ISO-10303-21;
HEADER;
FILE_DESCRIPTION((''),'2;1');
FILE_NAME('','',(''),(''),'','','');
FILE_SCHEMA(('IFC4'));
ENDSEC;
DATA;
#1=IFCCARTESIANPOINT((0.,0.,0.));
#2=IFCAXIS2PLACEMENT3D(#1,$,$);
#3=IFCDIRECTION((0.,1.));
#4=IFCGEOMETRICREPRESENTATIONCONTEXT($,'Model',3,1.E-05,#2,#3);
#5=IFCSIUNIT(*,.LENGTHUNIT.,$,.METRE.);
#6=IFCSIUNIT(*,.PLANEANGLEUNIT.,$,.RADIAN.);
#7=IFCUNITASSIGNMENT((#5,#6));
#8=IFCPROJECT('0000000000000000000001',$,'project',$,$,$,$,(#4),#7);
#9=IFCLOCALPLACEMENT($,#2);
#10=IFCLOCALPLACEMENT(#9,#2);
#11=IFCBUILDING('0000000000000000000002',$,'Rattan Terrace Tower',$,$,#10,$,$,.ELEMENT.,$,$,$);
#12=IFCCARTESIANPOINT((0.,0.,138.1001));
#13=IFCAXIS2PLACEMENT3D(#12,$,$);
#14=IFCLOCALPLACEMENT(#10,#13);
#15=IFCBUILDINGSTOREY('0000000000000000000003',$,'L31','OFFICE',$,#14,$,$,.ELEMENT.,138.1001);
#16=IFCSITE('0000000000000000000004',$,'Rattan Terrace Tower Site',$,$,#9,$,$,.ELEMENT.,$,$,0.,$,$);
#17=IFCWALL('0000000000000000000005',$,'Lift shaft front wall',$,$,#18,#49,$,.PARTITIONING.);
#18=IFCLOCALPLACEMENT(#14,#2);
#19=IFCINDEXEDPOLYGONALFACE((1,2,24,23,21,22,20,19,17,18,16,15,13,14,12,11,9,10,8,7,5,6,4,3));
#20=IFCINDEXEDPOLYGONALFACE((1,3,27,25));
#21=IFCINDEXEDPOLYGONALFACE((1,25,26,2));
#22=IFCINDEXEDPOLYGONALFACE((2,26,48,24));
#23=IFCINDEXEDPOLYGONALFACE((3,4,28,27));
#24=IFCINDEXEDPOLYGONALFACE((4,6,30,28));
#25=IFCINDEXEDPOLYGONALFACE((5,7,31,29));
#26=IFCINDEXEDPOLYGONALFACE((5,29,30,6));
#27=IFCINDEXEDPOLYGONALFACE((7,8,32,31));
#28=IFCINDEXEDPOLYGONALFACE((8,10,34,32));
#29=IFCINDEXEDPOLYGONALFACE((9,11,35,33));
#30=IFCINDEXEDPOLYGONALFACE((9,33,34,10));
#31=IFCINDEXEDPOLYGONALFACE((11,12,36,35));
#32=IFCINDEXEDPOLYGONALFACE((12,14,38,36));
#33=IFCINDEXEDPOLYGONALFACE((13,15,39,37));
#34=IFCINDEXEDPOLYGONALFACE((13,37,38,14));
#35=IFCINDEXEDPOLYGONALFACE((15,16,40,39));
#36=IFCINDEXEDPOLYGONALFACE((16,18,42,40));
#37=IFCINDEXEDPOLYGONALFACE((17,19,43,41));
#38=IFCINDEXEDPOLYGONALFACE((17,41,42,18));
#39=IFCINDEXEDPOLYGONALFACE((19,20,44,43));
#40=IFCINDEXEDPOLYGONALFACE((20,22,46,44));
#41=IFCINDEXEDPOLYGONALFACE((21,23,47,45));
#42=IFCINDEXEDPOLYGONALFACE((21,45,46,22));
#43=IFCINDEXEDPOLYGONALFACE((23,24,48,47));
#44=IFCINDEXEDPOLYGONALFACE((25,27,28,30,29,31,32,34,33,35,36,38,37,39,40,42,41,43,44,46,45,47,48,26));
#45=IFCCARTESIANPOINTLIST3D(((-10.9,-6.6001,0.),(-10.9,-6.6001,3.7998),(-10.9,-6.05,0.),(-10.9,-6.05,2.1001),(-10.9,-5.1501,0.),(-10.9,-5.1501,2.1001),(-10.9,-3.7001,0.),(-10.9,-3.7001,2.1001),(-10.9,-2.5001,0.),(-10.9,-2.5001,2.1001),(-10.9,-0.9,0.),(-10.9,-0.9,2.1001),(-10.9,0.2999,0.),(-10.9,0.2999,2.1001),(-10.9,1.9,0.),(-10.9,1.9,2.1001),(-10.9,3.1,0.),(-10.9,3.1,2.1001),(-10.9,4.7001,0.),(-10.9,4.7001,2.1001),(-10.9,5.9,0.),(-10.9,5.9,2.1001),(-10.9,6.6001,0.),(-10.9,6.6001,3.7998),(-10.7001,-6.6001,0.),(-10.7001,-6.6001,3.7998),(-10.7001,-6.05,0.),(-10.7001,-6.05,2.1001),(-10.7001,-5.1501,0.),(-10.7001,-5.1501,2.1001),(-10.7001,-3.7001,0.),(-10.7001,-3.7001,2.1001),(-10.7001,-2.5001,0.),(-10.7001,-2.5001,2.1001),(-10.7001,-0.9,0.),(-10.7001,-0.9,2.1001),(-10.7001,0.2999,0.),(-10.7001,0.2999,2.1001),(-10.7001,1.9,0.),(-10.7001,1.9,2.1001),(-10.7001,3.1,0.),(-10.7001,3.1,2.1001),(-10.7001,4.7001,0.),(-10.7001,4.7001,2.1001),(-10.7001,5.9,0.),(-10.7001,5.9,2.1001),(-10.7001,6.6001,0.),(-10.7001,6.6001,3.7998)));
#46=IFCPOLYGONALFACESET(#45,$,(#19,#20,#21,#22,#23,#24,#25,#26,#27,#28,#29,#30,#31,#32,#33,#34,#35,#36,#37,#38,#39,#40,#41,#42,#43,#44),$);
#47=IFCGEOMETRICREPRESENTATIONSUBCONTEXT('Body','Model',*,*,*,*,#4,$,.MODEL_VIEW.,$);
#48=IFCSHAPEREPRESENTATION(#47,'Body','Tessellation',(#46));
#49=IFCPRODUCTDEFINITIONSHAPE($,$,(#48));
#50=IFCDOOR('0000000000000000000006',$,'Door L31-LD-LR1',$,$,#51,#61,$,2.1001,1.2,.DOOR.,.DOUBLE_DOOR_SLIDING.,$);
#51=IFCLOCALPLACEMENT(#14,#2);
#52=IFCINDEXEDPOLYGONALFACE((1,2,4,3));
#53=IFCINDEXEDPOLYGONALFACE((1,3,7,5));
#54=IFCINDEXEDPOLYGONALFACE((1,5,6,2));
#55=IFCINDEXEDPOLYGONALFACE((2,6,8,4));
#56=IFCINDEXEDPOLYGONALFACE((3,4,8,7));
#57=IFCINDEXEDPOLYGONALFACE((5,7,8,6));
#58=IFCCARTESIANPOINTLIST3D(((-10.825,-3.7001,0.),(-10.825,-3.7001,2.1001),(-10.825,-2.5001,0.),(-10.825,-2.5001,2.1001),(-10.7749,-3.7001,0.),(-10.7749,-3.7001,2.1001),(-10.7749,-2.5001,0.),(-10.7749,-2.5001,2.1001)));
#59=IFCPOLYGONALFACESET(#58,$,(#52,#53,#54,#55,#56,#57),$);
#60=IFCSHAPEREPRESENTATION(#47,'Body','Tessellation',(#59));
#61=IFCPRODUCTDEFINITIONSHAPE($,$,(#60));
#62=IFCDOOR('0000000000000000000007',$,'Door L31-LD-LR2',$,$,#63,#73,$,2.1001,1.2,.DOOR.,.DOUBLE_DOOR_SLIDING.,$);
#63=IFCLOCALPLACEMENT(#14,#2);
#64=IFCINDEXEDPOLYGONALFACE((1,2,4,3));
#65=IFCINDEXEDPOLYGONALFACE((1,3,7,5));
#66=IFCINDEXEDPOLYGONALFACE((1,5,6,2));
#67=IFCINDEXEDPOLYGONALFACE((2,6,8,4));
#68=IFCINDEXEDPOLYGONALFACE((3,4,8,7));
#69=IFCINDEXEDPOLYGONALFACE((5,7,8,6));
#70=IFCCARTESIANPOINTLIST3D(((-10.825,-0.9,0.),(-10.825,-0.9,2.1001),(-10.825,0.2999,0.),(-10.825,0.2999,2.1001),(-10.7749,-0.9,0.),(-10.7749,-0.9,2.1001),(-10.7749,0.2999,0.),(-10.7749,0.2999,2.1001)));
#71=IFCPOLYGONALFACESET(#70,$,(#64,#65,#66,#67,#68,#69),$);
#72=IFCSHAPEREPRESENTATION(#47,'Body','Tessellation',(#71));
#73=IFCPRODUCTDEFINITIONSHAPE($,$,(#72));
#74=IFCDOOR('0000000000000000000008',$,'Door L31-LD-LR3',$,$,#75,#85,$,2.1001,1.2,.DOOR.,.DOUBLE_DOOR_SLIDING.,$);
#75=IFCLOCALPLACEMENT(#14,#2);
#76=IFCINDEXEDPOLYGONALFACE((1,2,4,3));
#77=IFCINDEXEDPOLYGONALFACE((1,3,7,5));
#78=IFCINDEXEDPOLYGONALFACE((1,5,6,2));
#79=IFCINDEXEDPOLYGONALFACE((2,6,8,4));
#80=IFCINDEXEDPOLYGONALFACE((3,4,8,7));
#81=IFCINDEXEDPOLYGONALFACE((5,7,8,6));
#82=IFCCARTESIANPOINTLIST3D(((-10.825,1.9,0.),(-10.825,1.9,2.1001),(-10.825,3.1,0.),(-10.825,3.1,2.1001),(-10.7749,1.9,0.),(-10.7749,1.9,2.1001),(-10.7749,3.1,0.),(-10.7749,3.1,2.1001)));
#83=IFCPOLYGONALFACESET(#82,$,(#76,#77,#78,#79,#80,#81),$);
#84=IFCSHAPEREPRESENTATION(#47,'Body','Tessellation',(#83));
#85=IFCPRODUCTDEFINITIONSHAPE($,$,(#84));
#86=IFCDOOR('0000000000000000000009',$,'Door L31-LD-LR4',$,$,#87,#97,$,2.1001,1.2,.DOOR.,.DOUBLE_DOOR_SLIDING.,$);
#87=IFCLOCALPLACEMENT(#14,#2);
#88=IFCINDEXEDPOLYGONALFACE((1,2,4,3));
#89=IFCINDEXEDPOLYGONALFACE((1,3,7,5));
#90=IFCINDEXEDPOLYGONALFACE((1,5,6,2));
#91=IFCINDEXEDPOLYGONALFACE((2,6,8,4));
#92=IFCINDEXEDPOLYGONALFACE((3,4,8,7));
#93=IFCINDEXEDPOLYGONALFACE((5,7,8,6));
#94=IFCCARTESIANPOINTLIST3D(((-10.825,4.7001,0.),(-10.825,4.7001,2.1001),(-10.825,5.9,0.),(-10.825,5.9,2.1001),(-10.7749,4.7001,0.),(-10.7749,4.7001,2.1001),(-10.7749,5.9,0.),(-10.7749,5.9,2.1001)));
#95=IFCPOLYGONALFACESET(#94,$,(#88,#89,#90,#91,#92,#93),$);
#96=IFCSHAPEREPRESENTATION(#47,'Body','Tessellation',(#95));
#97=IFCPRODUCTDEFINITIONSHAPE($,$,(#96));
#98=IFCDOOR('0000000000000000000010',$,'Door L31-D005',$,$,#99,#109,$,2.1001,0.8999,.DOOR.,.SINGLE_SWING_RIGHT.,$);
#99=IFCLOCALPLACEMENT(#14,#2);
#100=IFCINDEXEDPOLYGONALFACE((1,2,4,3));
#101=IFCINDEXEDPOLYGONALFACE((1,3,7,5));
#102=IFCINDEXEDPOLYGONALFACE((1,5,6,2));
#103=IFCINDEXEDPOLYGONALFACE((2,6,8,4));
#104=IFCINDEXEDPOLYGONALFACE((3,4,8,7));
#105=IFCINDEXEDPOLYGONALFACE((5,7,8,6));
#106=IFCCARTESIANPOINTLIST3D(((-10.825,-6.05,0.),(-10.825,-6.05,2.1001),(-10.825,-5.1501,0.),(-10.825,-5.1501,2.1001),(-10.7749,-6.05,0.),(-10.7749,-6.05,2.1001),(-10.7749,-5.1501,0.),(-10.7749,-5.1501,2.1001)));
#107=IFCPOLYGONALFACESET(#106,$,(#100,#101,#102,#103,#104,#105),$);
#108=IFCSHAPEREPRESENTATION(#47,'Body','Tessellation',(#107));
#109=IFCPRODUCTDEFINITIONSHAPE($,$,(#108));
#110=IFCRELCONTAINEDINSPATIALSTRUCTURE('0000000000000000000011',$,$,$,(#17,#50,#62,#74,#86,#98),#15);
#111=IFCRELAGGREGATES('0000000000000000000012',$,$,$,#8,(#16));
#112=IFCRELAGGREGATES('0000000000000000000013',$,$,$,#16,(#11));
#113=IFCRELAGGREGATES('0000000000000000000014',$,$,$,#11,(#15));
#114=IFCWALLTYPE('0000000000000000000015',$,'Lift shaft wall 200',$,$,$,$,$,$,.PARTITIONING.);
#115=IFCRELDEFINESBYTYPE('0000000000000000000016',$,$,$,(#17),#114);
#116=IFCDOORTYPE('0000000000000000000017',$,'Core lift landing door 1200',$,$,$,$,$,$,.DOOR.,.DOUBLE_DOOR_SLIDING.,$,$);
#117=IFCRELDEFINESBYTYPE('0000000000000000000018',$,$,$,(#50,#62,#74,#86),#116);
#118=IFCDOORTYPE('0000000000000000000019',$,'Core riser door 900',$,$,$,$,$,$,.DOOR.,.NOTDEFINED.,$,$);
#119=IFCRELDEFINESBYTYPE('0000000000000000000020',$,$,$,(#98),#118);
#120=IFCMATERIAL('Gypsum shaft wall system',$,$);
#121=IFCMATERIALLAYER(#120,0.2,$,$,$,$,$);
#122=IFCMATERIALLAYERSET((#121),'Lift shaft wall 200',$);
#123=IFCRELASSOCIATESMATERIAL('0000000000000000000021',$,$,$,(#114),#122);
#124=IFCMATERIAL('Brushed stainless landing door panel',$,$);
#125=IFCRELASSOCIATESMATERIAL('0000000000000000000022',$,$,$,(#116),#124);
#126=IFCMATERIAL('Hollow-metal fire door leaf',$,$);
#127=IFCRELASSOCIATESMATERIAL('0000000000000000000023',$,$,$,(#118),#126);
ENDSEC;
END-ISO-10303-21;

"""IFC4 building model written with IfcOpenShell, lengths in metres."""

from ifc_helpers import new_model, si_unit, direction, frame, frame_2d, origin, place, context, subcontext, project, spatial, rectangle, extrude, material, layer, layer_set, type_object, element, fill, save


model = new_model("IFC4")

# Units and contexts
model_context = context("Model", 3, precision=1e-05, world=origin(), true_north=direction((0.0, 1.0)))
body_context = subcontext(model_context, "Body", "Model", "MODEL_VIEW")
ifc_project = project(units=[si_unit("LENGTHUNIT", "METRE"), si_unit("PLANEANGLEUNIT", "RADIAN")], contexts=[model_context])

# Site, building, storey
site_placement = place(None, origin())
site = spatial("IfcSite", under=ifc_project, at=site_placement, Name="Rattan Terrace Tower Site", CompositionType="ELEMENT", RefElevation=0.0)
building_placement = place(site_placement, origin())
building = spatial("IfcBuilding", under=site, at=building_placement, Name="Rattan Terrace Tower", CompositionType="ELEMENT")
storey_placement = place(building_placement, frame((0.0, 0.0, 138.1001)))
storey = spatial("IfcBuildingStorey", under=building, at=storey_placement, Name="L31", Description="OFFICE", CompositionType="ELEMENT", Elevation=138.1001)

# Wall, openings, doors
ifc_material_1 = material(Name="Gypsum shaft wall system")
ifc_layer_1 = layer(ifc_material_1, 0.2)
ifc_layer_set_1 = layer_set([ifc_layer_1], Name="Lift shaft wall 200")
wall_type_1 = type_object("IfcWallType", Name="Lift shaft wall 200", PredefinedType="PARTITIONING", material=ifc_layer_set_1)
wall_1_placement = place(storey_placement, frame((-10.8, -6.6001, 0.0), z_axis=(0.0, 0.0, 1.0), x_axis=(0.0, 1.0, 0.0)))
wall_1 = element("IfcWall", 1, at=wall_1_placement, inside=storey, type_object=wall_type_1, Name="Lift shaft front wall", PredefinedType="PARTITIONING", context=body_context, shape_type="SweptSolid", body=[
    extrude(rectangle(XDim=13.2002, YDim=0.2, at=frame_2d((6.6001, 0.0))), origin(), (0.0, 0.0, 1.0), 3.7998),
])
opening_1_placement = place(wall_1_placement, frame((0.55, 0.0, 0.0)))
opening_1 = element("IfcOpeningElement", 2, at=opening_1_placement, cuts=wall_1, PredefinedType="OPENING", context=body_context, shape_type="SweptSolid", body=[
    extrude(rectangle(XDim=0.8999, YDim=2.1001, at=frame_2d((0.45, 1.05))), frame((0.0, 0.1106, 0.0), z_axis=(0.0, -1.0, 0.0), x_axis=(1.0, 0.0, 0.0)), (0.0, 0.0, 1.0), 0.2209),
])
opening_2_placement = place(wall_1_placement, frame((2.8999, 0.0, 0.0)))
opening_2 = element("IfcOpeningElement", 3, at=opening_2_placement, cuts=wall_1, PredefinedType="OPENING", context=body_context, shape_type="SweptSolid", body=[
    extrude(rectangle(XDim=1.2, YDim=2.1001, at=frame_2d((0.6001, 1.05))), frame((0.0, 0.1106, 0.0), z_axis=(0.0, -1.0, 0.0), x_axis=(1.0, 0.0, 0.0)), (0.0, 0.0, 1.0), 0.2209),
])
opening_3_placement = place(wall_1_placement, frame((5.7, 0.0, 0.0)))
opening_3 = element("IfcOpeningElement", 4, at=opening_3_placement, cuts=wall_1, PredefinedType="OPENING", context=body_context, shape_type="SweptSolid", body=[
    extrude(rectangle(XDim=1.2, YDim=2.1001, at=frame_2d((0.6001, 1.05))), frame((0.0, 0.1106, 0.0), z_axis=(0.0, -1.0, 0.0), x_axis=(1.0, 0.0, 0.0)), (0.0, 0.0, 1.0), 0.2209),
])
opening_4_placement = place(wall_1_placement, frame((8.5, 0.0, 0.0)))
opening_4 = element("IfcOpeningElement", 5, at=opening_4_placement, cuts=wall_1, PredefinedType="OPENING", context=body_context, shape_type="SweptSolid", body=[
    extrude(rectangle(XDim=1.2, YDim=2.1001, at=frame_2d((0.6001, 1.05))), frame((0.0, 0.1106, 0.0), z_axis=(0.0, -1.0, 0.0), x_axis=(1.0, 0.0, 0.0)), (0.0, 0.0, 1.0), 0.2209),
])
opening_5_placement = place(wall_1_placement, frame((11.3, 0.0, 0.0)))
opening_5 = element("IfcOpeningElement", 6, at=opening_5_placement, cuts=wall_1, PredefinedType="OPENING", context=body_context, shape_type="SweptSolid", body=[
    extrude(rectangle(XDim=1.2, YDim=2.1001, at=frame_2d((0.6001, 1.05))), frame((0.0, 0.1106, 0.0), z_axis=(0.0, -1.0, 0.0), x_axis=(1.0, 0.0, 0.0)), (0.0, 0.0, 1.0), 0.2209),
])
ifc_material_2 = material(Name="Brushed stainless landing door panel")
door_type_1 = type_object("IfcDoorType", Name="Core lift landing door 1200", OperationType="DOUBLE_DOOR_SLIDING", PredefinedType="DOOR", material=ifc_material_2)
door_1_placement = place(opening_2_placement, origin())
door_1 = element("IfcDoor", 7, at=door_1_placement, inside=storey, type_object=door_type_1, Name="Door L31-LD-LR1", OperationType="DOUBLE_DOOR_SLIDING", OverallHeight=2.1001, OverallWidth=1.2, PredefinedType="DOOR", context=body_context, shape_type="SweptSolid", body=[
    extrude(rectangle(XDim=1.2, YDim=2.1001, at=frame_2d((0.6001, 1.05))), frame((0.0, 0.0249, 0.0), z_axis=(0.0, -1.0, 0.0), x_axis=(1.0, 0.0, 0.0)), (0.0, 0.0, 1.0), 0.05),
])
fill(opening_2, door_1)
door_2_placement = place(opening_3_placement, origin())
door_2 = element("IfcDoor", 8, at=door_2_placement, inside=storey, type_object=door_type_1, Name="Door L31-LD-LR2", OperationType="DOUBLE_DOOR_SLIDING", OverallHeight=2.1001, OverallWidth=1.2, PredefinedType="DOOR", context=body_context, shape_type="SweptSolid", body=[
    extrude(rectangle(XDim=1.2, YDim=2.1001, at=frame_2d((0.6001, 1.05))), frame((0.0, 0.0249, 0.0), z_axis=(0.0, -1.0, 0.0), x_axis=(1.0, 0.0, 0.0)), (0.0, 0.0, 1.0), 0.05),
])
fill(opening_3, door_2)
door_3_placement = place(opening_4_placement, origin())
door_3 = element("IfcDoor", 9, at=door_3_placement, inside=storey, type_object=door_type_1, Name="Door L31-LD-LR3", OperationType="DOUBLE_DOOR_SLIDING", OverallHeight=2.1001, OverallWidth=1.2, PredefinedType="DOOR", context=body_context, shape_type="SweptSolid", body=[
    extrude(rectangle(XDim=1.2, YDim=2.1001, at=frame_2d((0.6001, 1.05))), frame((0.0, 0.0249, 0.0), z_axis=(0.0, -1.0, 0.0), x_axis=(1.0, 0.0, 0.0)), (0.0, 0.0, 1.0), 0.05),
])
fill(opening_4, door_3)
door_4_placement = place(opening_5_placement, origin())
door_4 = element("IfcDoor", 10, at=door_4_placement, inside=storey, type_object=door_type_1, Name="Door L31-LD-LR4", OperationType="DOUBLE_DOOR_SLIDING", OverallHeight=2.1001, OverallWidth=1.2, PredefinedType="DOOR", context=body_context, shape_type="SweptSolid", body=[
    extrude(rectangle(XDim=1.2, YDim=2.1001, at=frame_2d((0.6001, 1.05))), frame((0.0, 0.0249, 0.0), z_axis=(0.0, -1.0, 0.0), x_axis=(1.0, 0.0, 0.0)), (0.0, 0.0, 1.0), 0.05),
])
fill(opening_5, door_4)
ifc_material_3 = material(Name="Hollow-metal fire door leaf")
door_type_2 = type_object("IfcDoorType", Name="Core riser door 900", OperationType="NOTDEFINED", PredefinedType="DOOR", material=ifc_material_3)
door_5_placement = place(opening_1_placement, origin())
door_5 = element("IfcDoor", 11, at=door_5_placement, inside=storey, type_object=door_type_2, Name="Door L31-D005", OperationType="SINGLE_SWING_RIGHT", OverallHeight=2.1001, OverallWidth=0.8999, PredefinedType="DOOR", context=body_context, shape_type="SweptSolid", body=[
    extrude(rectangle(XDim=0.8999, YDim=2.1001, at=frame_2d((0.45, 1.05))), frame((0.0, 0.0249, 0.0), z_axis=(0.0, -1.0, 0.0), x_axis=(1.0, 0.0, 0.0)), (0.0, 0.0, 1.0), 0.05),
])
fill(opening_1, door_5)

save(model, "model.ifc")
